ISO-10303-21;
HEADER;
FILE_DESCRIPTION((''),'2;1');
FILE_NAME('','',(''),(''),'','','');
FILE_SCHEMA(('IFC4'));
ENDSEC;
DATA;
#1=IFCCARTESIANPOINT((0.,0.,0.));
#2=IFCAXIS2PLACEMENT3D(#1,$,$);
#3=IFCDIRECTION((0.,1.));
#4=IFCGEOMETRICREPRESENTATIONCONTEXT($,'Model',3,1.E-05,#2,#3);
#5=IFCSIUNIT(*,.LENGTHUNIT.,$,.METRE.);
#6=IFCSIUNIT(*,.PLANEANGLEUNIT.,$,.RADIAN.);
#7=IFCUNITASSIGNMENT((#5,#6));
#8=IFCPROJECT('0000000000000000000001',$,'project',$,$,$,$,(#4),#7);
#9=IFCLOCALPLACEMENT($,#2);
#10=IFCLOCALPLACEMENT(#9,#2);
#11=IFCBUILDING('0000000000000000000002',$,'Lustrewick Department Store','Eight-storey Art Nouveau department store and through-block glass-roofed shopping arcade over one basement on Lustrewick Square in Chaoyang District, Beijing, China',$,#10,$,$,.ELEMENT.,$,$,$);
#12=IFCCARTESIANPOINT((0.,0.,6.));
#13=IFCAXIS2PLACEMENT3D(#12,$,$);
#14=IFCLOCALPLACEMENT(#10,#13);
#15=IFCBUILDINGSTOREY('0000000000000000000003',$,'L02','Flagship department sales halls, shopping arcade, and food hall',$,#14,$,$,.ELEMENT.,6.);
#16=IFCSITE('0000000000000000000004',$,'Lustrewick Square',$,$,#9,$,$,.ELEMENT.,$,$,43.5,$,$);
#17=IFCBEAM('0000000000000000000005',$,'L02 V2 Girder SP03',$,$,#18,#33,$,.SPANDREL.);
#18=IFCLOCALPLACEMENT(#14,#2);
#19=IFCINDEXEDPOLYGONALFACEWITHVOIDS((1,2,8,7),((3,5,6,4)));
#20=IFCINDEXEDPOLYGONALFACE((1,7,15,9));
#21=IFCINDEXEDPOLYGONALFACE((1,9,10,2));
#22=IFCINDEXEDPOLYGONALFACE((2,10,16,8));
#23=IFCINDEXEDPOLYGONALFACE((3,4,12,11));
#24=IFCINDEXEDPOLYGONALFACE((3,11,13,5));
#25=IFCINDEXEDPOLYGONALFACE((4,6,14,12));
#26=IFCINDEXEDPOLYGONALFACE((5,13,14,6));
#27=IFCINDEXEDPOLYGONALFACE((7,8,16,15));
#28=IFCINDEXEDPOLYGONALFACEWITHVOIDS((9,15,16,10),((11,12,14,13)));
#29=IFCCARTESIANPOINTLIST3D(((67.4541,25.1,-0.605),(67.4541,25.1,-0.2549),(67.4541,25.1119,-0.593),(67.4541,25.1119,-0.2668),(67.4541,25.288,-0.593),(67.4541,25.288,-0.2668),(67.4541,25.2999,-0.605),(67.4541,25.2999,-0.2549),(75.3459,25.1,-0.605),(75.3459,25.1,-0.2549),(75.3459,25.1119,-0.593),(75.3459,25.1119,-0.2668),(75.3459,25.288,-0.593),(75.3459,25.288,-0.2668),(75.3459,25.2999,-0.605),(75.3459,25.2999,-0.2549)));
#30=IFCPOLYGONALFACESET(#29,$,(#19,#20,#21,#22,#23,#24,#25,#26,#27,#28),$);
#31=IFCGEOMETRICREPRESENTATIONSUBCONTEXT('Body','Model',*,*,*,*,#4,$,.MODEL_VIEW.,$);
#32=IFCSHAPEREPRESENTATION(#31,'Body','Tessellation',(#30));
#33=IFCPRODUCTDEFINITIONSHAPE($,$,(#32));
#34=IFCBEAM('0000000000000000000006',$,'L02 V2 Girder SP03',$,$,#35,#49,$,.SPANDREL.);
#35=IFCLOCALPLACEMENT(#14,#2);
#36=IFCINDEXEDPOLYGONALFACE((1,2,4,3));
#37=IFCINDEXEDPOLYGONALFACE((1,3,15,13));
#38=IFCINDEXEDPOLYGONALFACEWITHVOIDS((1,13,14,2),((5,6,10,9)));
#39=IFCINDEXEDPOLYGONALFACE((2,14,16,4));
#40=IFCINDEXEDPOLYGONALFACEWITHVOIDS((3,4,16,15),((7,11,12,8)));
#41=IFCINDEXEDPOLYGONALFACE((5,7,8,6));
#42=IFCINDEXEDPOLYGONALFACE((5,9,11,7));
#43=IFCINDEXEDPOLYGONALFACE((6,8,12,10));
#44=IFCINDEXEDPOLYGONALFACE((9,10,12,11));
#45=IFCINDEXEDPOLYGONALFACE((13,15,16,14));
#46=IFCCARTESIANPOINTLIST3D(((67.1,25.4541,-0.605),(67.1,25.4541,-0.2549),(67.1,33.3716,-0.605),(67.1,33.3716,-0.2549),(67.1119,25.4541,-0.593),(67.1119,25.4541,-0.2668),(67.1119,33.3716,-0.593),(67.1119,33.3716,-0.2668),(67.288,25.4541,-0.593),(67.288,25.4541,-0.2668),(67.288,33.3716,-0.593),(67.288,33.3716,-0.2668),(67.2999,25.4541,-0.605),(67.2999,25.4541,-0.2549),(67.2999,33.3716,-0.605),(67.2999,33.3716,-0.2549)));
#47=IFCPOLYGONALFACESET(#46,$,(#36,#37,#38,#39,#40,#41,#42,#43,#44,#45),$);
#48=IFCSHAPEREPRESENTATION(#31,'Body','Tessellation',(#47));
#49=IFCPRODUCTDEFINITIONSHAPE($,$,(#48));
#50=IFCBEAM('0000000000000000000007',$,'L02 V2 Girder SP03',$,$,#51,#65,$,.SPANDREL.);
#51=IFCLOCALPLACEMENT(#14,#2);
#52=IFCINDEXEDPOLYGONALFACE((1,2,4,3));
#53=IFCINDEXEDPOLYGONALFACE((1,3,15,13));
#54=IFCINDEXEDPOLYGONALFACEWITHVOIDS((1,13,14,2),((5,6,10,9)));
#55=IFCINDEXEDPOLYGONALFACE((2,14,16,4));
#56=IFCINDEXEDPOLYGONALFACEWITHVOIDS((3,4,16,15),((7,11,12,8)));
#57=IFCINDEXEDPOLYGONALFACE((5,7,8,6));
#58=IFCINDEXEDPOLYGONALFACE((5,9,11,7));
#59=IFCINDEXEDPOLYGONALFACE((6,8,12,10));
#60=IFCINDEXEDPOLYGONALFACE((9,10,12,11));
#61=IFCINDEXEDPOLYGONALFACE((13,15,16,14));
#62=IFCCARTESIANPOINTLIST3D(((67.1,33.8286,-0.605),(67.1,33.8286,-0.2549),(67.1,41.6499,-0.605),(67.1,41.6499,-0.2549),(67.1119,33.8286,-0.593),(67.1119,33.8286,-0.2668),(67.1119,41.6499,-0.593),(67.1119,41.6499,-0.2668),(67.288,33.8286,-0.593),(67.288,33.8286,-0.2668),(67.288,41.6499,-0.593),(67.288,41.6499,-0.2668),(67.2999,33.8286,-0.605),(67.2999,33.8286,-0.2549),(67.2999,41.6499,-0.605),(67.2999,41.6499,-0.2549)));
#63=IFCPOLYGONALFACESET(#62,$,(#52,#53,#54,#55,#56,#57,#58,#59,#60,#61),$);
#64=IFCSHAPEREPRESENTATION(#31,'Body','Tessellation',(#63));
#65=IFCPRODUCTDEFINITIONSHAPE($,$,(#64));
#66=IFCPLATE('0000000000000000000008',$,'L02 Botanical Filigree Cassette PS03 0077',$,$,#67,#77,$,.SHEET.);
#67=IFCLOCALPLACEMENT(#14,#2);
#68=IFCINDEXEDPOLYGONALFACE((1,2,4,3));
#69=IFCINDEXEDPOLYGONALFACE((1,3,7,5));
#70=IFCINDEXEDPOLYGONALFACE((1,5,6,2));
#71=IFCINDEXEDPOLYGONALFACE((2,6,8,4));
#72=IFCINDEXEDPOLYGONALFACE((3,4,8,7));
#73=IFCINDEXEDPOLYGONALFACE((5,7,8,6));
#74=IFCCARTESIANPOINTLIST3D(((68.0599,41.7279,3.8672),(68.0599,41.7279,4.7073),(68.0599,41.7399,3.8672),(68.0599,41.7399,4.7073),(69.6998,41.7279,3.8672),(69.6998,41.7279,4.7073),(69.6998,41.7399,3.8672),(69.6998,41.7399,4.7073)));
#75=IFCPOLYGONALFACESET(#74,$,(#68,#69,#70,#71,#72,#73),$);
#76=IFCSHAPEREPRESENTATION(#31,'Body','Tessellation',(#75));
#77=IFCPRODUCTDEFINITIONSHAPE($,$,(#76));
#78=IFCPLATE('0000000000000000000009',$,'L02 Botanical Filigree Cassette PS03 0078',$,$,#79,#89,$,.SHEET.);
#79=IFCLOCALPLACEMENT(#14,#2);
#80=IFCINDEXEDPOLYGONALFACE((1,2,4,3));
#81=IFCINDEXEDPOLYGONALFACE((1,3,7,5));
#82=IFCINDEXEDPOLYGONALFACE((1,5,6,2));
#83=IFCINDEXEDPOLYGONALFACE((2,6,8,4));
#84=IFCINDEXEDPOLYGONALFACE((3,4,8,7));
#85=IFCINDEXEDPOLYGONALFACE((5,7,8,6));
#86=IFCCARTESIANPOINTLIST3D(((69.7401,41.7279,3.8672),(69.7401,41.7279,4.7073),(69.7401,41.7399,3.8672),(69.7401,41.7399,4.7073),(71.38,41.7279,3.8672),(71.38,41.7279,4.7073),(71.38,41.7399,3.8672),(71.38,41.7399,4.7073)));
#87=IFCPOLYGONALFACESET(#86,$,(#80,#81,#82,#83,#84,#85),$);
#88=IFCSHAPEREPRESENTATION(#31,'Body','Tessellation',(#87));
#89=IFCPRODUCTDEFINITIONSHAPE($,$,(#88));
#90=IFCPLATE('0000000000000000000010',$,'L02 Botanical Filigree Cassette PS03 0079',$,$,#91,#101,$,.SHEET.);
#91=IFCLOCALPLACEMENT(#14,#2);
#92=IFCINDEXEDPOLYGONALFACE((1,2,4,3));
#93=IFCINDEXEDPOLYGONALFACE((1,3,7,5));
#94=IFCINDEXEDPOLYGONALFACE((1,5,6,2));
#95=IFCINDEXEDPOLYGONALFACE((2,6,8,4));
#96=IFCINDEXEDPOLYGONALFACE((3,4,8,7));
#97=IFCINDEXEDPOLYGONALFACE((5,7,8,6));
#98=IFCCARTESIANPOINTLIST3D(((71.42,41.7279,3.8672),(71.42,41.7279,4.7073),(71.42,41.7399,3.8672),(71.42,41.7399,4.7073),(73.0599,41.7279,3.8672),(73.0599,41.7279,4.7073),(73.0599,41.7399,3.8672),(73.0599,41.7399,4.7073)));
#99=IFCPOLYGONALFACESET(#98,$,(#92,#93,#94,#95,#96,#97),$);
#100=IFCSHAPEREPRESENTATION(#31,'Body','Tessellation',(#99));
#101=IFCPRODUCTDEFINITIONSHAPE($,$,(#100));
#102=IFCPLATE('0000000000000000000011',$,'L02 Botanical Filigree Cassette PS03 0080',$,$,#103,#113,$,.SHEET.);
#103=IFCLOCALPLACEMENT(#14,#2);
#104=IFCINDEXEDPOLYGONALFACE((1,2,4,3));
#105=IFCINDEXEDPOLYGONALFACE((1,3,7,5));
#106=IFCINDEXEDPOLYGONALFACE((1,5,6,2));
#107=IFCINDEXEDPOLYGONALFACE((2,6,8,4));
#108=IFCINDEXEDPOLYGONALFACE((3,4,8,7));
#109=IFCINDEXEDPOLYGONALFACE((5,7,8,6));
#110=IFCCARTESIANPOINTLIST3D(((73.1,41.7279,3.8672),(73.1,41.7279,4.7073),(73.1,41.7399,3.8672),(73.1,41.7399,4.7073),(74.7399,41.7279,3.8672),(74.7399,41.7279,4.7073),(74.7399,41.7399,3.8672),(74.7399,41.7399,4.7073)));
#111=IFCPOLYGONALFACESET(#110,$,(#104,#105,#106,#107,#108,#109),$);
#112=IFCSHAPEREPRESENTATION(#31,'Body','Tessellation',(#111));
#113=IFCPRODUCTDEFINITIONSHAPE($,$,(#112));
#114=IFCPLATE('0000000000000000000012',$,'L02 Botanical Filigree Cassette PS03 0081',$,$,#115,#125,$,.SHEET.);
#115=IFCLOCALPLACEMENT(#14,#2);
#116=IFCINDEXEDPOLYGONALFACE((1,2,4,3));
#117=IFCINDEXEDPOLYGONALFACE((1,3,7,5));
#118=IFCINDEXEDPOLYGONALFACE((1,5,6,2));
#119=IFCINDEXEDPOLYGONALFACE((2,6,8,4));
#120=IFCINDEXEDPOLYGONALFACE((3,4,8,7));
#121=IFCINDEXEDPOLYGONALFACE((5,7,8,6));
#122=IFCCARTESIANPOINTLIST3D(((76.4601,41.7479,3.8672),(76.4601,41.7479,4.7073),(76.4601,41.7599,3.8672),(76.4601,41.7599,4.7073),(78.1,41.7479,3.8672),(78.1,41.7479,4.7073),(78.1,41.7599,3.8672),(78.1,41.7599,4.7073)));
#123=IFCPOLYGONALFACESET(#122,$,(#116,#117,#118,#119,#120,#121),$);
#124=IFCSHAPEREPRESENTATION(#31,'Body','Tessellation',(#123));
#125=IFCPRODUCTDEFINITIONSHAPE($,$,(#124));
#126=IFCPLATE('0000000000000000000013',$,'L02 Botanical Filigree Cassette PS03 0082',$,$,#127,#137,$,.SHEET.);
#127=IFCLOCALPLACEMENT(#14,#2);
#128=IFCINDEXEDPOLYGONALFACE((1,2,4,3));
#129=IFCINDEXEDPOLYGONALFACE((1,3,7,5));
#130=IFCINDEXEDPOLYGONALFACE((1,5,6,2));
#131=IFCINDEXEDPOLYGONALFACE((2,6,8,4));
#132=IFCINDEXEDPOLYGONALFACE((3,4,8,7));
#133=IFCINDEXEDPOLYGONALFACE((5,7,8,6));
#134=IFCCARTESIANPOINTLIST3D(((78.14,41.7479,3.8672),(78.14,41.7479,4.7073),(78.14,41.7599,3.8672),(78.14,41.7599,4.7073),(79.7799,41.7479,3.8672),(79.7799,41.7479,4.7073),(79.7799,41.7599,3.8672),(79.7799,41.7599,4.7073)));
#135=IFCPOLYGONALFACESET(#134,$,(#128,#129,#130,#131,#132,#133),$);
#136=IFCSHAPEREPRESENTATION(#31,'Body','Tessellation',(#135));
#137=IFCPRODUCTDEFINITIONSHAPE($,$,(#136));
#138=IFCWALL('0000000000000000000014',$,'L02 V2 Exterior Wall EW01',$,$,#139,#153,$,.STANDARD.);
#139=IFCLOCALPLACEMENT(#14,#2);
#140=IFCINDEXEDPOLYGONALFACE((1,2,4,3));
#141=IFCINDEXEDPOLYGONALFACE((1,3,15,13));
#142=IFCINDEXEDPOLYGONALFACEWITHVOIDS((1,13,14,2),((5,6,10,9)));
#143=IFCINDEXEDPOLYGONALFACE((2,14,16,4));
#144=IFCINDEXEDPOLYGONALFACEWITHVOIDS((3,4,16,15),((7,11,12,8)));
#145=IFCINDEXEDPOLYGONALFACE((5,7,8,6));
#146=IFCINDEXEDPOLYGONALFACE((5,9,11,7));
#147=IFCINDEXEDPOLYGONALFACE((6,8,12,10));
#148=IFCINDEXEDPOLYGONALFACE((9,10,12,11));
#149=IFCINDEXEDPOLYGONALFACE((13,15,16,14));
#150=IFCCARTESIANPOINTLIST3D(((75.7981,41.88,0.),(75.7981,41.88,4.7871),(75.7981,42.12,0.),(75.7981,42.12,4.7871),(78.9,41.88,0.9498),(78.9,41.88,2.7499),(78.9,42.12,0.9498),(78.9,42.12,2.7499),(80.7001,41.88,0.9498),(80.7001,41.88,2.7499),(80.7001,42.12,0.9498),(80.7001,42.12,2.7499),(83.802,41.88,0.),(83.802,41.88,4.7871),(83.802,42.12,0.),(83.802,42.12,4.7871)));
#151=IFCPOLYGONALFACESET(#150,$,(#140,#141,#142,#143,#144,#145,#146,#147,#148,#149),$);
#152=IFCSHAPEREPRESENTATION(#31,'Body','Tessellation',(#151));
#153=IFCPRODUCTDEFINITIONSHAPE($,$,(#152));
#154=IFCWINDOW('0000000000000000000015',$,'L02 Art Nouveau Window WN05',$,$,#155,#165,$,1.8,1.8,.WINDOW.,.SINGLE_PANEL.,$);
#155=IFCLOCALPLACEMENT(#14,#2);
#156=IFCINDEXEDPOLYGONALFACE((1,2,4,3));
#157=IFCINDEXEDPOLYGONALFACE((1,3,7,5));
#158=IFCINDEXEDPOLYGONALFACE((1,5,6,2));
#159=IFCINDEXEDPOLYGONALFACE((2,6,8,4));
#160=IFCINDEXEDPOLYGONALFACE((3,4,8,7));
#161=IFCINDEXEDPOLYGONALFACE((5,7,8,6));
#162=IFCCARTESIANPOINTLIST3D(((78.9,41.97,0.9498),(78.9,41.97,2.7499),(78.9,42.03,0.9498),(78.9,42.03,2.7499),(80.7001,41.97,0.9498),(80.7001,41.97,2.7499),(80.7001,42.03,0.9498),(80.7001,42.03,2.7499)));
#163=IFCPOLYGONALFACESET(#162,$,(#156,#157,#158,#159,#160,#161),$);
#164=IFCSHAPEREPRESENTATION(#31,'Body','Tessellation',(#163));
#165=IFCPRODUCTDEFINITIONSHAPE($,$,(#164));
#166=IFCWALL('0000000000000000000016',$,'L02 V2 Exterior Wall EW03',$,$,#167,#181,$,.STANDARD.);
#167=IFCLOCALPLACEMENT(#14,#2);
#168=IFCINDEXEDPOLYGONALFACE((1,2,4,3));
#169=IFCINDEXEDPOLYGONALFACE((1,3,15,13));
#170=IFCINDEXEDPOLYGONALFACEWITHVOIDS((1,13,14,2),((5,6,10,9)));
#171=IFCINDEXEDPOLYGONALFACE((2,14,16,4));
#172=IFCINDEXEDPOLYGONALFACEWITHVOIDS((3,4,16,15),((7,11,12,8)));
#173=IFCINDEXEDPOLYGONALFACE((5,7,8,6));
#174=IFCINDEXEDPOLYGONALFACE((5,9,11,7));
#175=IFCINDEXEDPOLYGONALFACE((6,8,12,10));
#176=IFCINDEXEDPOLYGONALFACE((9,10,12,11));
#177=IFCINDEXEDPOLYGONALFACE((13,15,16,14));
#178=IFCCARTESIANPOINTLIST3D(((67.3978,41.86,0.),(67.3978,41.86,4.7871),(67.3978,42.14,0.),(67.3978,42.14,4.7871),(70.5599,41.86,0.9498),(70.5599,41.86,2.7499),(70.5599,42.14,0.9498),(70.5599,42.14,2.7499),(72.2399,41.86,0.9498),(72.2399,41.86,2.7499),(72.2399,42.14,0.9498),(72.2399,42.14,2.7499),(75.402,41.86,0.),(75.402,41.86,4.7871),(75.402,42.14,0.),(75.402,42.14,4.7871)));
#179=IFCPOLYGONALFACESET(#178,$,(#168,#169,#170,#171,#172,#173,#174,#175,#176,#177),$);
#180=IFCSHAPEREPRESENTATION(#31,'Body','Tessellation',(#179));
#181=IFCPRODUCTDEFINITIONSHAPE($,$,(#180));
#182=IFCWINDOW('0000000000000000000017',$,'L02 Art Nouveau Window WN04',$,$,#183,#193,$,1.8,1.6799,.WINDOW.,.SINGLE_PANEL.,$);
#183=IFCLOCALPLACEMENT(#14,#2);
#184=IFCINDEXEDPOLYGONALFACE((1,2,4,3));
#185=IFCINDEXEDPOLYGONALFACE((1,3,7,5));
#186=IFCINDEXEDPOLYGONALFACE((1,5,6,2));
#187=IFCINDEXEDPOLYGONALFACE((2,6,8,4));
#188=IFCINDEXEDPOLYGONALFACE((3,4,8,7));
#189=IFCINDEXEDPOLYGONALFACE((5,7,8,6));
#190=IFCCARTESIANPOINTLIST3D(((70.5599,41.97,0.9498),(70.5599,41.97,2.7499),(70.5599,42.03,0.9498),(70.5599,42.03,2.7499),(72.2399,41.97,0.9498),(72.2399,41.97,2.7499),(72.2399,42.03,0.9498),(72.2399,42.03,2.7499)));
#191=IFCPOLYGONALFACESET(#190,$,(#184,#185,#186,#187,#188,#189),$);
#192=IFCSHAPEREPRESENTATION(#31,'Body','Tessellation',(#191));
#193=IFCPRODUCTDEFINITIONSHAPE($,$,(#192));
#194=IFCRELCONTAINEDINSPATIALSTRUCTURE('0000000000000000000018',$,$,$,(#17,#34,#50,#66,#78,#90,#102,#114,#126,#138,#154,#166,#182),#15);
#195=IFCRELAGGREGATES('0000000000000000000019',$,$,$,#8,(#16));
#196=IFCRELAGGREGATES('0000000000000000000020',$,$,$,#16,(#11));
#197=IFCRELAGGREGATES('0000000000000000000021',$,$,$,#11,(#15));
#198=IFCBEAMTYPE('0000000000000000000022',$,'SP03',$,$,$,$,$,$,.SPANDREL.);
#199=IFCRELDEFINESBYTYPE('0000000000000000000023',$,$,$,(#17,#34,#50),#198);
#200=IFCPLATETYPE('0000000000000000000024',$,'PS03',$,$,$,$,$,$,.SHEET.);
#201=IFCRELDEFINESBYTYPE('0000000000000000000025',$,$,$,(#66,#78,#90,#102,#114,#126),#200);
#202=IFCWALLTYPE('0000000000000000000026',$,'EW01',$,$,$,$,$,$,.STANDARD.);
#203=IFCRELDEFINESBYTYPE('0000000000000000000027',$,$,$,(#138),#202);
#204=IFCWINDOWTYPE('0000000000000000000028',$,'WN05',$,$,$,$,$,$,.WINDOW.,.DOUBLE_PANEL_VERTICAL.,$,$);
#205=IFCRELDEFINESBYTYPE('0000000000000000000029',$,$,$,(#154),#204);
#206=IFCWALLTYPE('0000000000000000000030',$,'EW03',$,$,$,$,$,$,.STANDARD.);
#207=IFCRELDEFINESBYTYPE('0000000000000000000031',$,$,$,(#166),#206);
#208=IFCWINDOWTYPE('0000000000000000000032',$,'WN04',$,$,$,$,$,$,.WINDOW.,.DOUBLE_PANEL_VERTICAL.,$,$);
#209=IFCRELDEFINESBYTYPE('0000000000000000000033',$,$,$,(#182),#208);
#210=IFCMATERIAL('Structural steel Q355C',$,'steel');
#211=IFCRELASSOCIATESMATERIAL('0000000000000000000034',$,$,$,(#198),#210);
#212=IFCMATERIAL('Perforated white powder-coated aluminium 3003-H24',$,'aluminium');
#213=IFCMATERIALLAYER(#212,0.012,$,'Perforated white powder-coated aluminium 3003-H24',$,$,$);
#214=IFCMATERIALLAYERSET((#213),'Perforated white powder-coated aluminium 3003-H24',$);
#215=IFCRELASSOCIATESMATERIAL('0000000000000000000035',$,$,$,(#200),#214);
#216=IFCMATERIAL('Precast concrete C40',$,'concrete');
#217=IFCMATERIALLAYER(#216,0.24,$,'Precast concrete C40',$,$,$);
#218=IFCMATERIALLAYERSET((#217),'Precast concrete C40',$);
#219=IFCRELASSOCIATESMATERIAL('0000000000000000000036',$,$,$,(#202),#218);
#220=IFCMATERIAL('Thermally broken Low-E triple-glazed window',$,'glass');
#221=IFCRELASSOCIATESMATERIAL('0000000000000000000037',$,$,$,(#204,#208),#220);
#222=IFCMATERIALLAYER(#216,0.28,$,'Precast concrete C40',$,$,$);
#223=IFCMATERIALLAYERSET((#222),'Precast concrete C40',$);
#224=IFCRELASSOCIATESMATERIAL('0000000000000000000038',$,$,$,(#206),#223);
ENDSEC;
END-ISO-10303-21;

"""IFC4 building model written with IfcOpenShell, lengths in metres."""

from ifc_helpers import new_model, si_unit, direction, frame, frame_2d, origin, origin_2d, place, context, subcontext, project, spatial, rectangle, hollow_rectangle, extrude, material, layer, layer_set, material_profile, profile_set, type_object, element, fill, save


model = new_model("IFC4")

# Units and contexts
model_context = context("Model", 3, precision=1e-05, world=origin(), true_north=direction((0.0, 1.0)))
body_context = subcontext(model_context, "Body", "Model", "MODEL_VIEW")
ifc_project = project(units=[si_unit("LENGTHUNIT", "METRE"), si_unit("PLANEANGLEUNIT", "RADIAN")], contexts=[model_context])

# Site, building, storey
site_placement = place(None, origin())
site = spatial("IfcSite", under=ifc_project, at=site_placement, Name="Lustrewick Square", CompositionType="ELEMENT", RefElevation=43.5)
building_placement = place(site_placement, origin())
building = spatial("IfcBuilding", under=site, at=building_placement, Name="Lustrewick Department Store", Description="Eight-storey Art Nouveau department store and through-block glass-roofed shopping arcade over one basement on Lustrewick Square in Chaoyang District, Beijing, China", CompositionType="ELEMENT")
storey_placement = place(building_placement, frame((0.0, 0.0, 6.0)))
storey = spatial("IfcBuildingStorey", under=building, at=storey_placement, Name="L02", Description="Flagship department sales halls, shopping arcade, and food hall", CompositionType="ELEMENT", Elevation=6.0)

# Shared definitions
ifc_material_1 = material(Name="Structural steel Q355C", Category="steel")

# Beams
ifc_material_profile_1 = material_profile(ifc_material_1, hollow_rectangle(XDim=0.2, YDim=0.3501, WallThickness=0.012, at=origin_2d()), Name="RHS 350x200x12")
ifc_profile_set_1 = profile_set([ifc_material_profile_1], Name="Structural steel Q355C")
beam_type_1 = type_object("IfcBeamType", Name="SP03", PredefinedType="SPANDREL", material=ifc_profile_set_1)
beam_1_placement = place(storey_placement, frame((67.4541, 25.2, -0.4299), z_axis=(1.0, 0.0, 0.0), x_axis=(0.0, 1.0, 0.0)))
element("IfcBeam", 1, at=beam_1_placement, inside=storey, type_object=beam_type_1, Name="L02 V2 Girder SP03", PredefinedType="SPANDREL", context=body_context, shape_type="SweptSolid", body=[
    extrude(hollow_rectangle(XDim=0.2, YDim=0.3501, WallThickness=0.012, at=origin_2d()), origin(), (0.0, 0.0, 1.0), 7.8918),
])
beam_2_placement = place(storey_placement, frame((67.2, 25.4541, -0.4299), z_axis=(0.0, 1.0, 0.0), x_axis=(-1.0, 0.0, 0.0)))
element("IfcBeam", 2, at=beam_2_placement, inside=storey, type_object=beam_type_1, Name="L02 V2 Girder SP03", PredefinedType="SPANDREL", context=body_context, shape_type="SweptSolid", body=[
    extrude(hollow_rectangle(XDim=0.2, YDim=0.3501, WallThickness=0.012, at=origin_2d()), origin(), (0.0, 0.0, 1.0), 7.9175),
])
beam_3_placement = place(storey_placement, frame((67.2, 33.8286, -0.4299), z_axis=(0.0, 1.0, 0.0), x_axis=(-1.0, 0.0, 0.0)))
element("IfcBeam", 3, at=beam_3_placement, inside=storey, type_object=beam_type_1, Name="L02 V2 Girder SP03", PredefinedType="SPANDREL", context=body_context, shape_type="SweptSolid", body=[
    extrude(hollow_rectangle(XDim=0.2, YDim=0.3501, WallThickness=0.012, at=origin_2d()), origin(), (0.0, 0.0, 1.0), 7.8213),
])

# Plates
ifc_material_2 = material(Name="Perforated white powder-coated aluminium 3003-H24", Category="aluminium")
ifc_layer_1 = layer(ifc_material_2, 0.012, Name="Perforated white powder-coated aluminium 3003-H24")
ifc_layer_set_1 = layer_set([ifc_layer_1], Name="Perforated white powder-coated aluminium 3003-H24")
plate_type = type_object("IfcPlateType", Name="PS03", PredefinedType="SHEET", material=ifc_layer_set_1)
for number, where, z_axis, x_axis, name in (
    (4, (68.8799, 41.7339, 3.8672), (0.0, 0.0, 1.0), (1.0, 0.0, 0.0), "L02 Botanical Filigree Cassette PS03 0077"),
    (5, (70.5601, 41.7339, 3.8672), (0.0, 0.0, 1.0), (1.0, 0.0, 0.0), "L02 Botanical Filigree Cassette PS03 0078"),
    (6, (72.24, 41.7339, 3.8672), (0.0, 0.0, 1.0), (1.0, 0.0, 0.0), "L02 Botanical Filigree Cassette PS03 0079"),
    (7, (73.9199, 41.7339, 3.8672), (0.0, 0.0, 1.0), (1.0, 0.0, 0.0), "L02 Botanical Filigree Cassette PS03 0080"),
    (8, (77.28, 41.7539, 3.8672), (0.0, 0.0, 1.0), (1.0, 0.0, 0.0), "L02 Botanical Filigree Cassette PS03 0081"),
    (9, (78.96, 41.7539, 3.8672), (0.0, 0.0, 1.0), (1.0, 0.0, 0.0), "L02 Botanical Filigree Cassette PS03 0082"),
):
    element("IfcPlate", number, at=place(storey_placement, frame(where, z_axis=z_axis, x_axis=x_axis)), inside=storey, type_object=plate_type, Name=name, PredefinedType="SHEET", context=body_context, shape_type="SweptSolid", body=[
        extrude(rectangle(XDim=1.6399, YDim=0.012, at=origin_2d()), origin(), (0.0, 0.0, 1.0), 0.8401),
    ])

# Walls, openings, windows
ifc_material_3 = material(Name="Precast concrete C40", Category="concrete")
ifc_layer_2 = layer(ifc_material_3, 0.24, Name="Precast concrete C40")
ifc_layer_set_2 = layer_set([ifc_layer_2], Name="Precast concrete C40")
wall_type_1 = type_object("IfcWallType", Name="EW01", PredefinedType="STANDARD", material=ifc_layer_set_2)
wall_1_placement = place(storey_placement, frame((75.7981, 42.0, 0.0), z_axis=(0.0, 0.0, 1.0), x_axis=(1.0, 0.0, 0.0)))
wall_1 = element("IfcWall", 10, at=wall_1_placement, inside=storey, type_object=wall_type_1, Name="L02 V2 Exterior Wall EW01", PredefinedType="STANDARD", context=body_context, shape_type="SweptSolid", body=[
    extrude(rectangle(XDim=8.0039, YDim=0.24, at=frame_2d((4.002, 0.0))), origin(), (0.0, 0.0, 1.0), 4.7871),
])
opening_1_placement = place(wall_1_placement, frame((3.1021, 0.0, 0.95)))
opening_1 = element("IfcOpeningElement", 11, at=opening_1_placement, cuts=wall_1, PredefinedType="OPENING", context=body_context, shape_type="SweptSolid", body=[
    extrude(rectangle(XDim=1.8, YDim=1.8, at=frame_2d((0.8999, 0.8999))), frame((0.0, 0.1299, 0.0), z_axis=(0.0, -1.0, 0.0), x_axis=(1.0, 0.0, 0.0)), (0.0, 0.0, 1.0), 0.26),
])
ifc_material_4 = material(Name="Thermally broken Low-E triple-glazed window", Category="glass")
window_type_1 = type_object("IfcWindowType", Name="WN05", PartitioningType="DOUBLE_PANEL_VERTICAL", PredefinedType="WINDOW", material=ifc_material_4)
window_1_placement = place(opening_1_placement, origin())
window_1 = element("IfcWindow", 12, at=window_1_placement, inside=storey, type_object=window_type_1, Name="L02 Art Nouveau Window WN05", OverallHeight=1.8, OverallWidth=1.8, PartitioningType="SINGLE_PANEL", PredefinedType="WINDOW", context=body_context, shape_type="SweptSolid", body=[
    extrude(rectangle(XDim=1.8, YDim=1.8, at=frame_2d((0.8999, 0.8999))), frame((0.0, 0.03, 0.0), z_axis=(0.0, -1.0, 0.0), x_axis=(1.0, 0.0, 0.0)), (0.0, 0.0, 1.0), 0.0601),
])
fill(opening_1, window_1)
ifc_layer_3 = layer(ifc_material_3, 0.28, Name="Precast concrete C40")
ifc_layer_set_3 = layer_set([ifc_layer_3], Name="Precast concrete C40")
wall_type_2 = type_object("IfcWallType", Name="EW03", PredefinedType="STANDARD", material=ifc_layer_set_3)
wall_2_placement = place(storey_placement, frame((67.3979, 42.0, 0.0), z_axis=(0.0, 0.0, 1.0), x_axis=(1.0, 0.0, 0.0)))
wall_2 = element("IfcWall", 13, at=wall_2_placement, inside=storey, type_object=wall_type_2, Name="L02 V2 Exterior Wall EW03", PredefinedType="STANDARD", context=body_context, shape_type="SweptSolid", body=[
    extrude(rectangle(XDim=8.0042, YDim=0.28, at=frame_2d((4.002, 0.0))), origin(), (0.0, 0.0, 1.0), 4.7871),
])
opening_2_placement = place(wall_2_placement, frame((3.1621, 0.0, 0.95)))
opening_2 = element("IfcOpeningElement", 14, at=opening_2_placement, cuts=wall_2, PredefinedType="OPENING", context=body_context, shape_type="SweptSolid", body=[
    extrude(rectangle(XDim=1.6799, YDim=1.8, at=frame_2d((0.8398, 0.8999))), frame((0.0, 0.1499, 0.0), z_axis=(0.0, -1.0, 0.0), x_axis=(1.0, 0.0, 0.0)), (0.0, 0.0, 1.0), 0.3),
])
window_type_2 = type_object("IfcWindowType", Name="WN04", PartitioningType="DOUBLE_PANEL_VERTICAL", PredefinedType="WINDOW", material=ifc_material_4)
window_2_placement = place(opening_2_placement, origin())
window_2 = element("IfcWindow", 15, at=window_2_placement, inside=storey, type_object=window_type_2, Name="L02 Art Nouveau Window WN04", OverallHeight=1.8, OverallWidth=1.6799, PartitioningType="SINGLE_PANEL", PredefinedType="WINDOW", context=body_context, shape_type="SweptSolid", body=[
    extrude(rectangle(XDim=1.6799, YDim=1.8, at=frame_2d((0.8398, 0.8999))), frame((0.0, 0.03, 0.0), z_axis=(0.0, -1.0, 0.0), x_axis=(1.0, 0.0, 0.0)), (0.0, 0.0, 1.0), 0.0601),
])
fill(opening_2, window_2)

save(model, "model.ifc")
